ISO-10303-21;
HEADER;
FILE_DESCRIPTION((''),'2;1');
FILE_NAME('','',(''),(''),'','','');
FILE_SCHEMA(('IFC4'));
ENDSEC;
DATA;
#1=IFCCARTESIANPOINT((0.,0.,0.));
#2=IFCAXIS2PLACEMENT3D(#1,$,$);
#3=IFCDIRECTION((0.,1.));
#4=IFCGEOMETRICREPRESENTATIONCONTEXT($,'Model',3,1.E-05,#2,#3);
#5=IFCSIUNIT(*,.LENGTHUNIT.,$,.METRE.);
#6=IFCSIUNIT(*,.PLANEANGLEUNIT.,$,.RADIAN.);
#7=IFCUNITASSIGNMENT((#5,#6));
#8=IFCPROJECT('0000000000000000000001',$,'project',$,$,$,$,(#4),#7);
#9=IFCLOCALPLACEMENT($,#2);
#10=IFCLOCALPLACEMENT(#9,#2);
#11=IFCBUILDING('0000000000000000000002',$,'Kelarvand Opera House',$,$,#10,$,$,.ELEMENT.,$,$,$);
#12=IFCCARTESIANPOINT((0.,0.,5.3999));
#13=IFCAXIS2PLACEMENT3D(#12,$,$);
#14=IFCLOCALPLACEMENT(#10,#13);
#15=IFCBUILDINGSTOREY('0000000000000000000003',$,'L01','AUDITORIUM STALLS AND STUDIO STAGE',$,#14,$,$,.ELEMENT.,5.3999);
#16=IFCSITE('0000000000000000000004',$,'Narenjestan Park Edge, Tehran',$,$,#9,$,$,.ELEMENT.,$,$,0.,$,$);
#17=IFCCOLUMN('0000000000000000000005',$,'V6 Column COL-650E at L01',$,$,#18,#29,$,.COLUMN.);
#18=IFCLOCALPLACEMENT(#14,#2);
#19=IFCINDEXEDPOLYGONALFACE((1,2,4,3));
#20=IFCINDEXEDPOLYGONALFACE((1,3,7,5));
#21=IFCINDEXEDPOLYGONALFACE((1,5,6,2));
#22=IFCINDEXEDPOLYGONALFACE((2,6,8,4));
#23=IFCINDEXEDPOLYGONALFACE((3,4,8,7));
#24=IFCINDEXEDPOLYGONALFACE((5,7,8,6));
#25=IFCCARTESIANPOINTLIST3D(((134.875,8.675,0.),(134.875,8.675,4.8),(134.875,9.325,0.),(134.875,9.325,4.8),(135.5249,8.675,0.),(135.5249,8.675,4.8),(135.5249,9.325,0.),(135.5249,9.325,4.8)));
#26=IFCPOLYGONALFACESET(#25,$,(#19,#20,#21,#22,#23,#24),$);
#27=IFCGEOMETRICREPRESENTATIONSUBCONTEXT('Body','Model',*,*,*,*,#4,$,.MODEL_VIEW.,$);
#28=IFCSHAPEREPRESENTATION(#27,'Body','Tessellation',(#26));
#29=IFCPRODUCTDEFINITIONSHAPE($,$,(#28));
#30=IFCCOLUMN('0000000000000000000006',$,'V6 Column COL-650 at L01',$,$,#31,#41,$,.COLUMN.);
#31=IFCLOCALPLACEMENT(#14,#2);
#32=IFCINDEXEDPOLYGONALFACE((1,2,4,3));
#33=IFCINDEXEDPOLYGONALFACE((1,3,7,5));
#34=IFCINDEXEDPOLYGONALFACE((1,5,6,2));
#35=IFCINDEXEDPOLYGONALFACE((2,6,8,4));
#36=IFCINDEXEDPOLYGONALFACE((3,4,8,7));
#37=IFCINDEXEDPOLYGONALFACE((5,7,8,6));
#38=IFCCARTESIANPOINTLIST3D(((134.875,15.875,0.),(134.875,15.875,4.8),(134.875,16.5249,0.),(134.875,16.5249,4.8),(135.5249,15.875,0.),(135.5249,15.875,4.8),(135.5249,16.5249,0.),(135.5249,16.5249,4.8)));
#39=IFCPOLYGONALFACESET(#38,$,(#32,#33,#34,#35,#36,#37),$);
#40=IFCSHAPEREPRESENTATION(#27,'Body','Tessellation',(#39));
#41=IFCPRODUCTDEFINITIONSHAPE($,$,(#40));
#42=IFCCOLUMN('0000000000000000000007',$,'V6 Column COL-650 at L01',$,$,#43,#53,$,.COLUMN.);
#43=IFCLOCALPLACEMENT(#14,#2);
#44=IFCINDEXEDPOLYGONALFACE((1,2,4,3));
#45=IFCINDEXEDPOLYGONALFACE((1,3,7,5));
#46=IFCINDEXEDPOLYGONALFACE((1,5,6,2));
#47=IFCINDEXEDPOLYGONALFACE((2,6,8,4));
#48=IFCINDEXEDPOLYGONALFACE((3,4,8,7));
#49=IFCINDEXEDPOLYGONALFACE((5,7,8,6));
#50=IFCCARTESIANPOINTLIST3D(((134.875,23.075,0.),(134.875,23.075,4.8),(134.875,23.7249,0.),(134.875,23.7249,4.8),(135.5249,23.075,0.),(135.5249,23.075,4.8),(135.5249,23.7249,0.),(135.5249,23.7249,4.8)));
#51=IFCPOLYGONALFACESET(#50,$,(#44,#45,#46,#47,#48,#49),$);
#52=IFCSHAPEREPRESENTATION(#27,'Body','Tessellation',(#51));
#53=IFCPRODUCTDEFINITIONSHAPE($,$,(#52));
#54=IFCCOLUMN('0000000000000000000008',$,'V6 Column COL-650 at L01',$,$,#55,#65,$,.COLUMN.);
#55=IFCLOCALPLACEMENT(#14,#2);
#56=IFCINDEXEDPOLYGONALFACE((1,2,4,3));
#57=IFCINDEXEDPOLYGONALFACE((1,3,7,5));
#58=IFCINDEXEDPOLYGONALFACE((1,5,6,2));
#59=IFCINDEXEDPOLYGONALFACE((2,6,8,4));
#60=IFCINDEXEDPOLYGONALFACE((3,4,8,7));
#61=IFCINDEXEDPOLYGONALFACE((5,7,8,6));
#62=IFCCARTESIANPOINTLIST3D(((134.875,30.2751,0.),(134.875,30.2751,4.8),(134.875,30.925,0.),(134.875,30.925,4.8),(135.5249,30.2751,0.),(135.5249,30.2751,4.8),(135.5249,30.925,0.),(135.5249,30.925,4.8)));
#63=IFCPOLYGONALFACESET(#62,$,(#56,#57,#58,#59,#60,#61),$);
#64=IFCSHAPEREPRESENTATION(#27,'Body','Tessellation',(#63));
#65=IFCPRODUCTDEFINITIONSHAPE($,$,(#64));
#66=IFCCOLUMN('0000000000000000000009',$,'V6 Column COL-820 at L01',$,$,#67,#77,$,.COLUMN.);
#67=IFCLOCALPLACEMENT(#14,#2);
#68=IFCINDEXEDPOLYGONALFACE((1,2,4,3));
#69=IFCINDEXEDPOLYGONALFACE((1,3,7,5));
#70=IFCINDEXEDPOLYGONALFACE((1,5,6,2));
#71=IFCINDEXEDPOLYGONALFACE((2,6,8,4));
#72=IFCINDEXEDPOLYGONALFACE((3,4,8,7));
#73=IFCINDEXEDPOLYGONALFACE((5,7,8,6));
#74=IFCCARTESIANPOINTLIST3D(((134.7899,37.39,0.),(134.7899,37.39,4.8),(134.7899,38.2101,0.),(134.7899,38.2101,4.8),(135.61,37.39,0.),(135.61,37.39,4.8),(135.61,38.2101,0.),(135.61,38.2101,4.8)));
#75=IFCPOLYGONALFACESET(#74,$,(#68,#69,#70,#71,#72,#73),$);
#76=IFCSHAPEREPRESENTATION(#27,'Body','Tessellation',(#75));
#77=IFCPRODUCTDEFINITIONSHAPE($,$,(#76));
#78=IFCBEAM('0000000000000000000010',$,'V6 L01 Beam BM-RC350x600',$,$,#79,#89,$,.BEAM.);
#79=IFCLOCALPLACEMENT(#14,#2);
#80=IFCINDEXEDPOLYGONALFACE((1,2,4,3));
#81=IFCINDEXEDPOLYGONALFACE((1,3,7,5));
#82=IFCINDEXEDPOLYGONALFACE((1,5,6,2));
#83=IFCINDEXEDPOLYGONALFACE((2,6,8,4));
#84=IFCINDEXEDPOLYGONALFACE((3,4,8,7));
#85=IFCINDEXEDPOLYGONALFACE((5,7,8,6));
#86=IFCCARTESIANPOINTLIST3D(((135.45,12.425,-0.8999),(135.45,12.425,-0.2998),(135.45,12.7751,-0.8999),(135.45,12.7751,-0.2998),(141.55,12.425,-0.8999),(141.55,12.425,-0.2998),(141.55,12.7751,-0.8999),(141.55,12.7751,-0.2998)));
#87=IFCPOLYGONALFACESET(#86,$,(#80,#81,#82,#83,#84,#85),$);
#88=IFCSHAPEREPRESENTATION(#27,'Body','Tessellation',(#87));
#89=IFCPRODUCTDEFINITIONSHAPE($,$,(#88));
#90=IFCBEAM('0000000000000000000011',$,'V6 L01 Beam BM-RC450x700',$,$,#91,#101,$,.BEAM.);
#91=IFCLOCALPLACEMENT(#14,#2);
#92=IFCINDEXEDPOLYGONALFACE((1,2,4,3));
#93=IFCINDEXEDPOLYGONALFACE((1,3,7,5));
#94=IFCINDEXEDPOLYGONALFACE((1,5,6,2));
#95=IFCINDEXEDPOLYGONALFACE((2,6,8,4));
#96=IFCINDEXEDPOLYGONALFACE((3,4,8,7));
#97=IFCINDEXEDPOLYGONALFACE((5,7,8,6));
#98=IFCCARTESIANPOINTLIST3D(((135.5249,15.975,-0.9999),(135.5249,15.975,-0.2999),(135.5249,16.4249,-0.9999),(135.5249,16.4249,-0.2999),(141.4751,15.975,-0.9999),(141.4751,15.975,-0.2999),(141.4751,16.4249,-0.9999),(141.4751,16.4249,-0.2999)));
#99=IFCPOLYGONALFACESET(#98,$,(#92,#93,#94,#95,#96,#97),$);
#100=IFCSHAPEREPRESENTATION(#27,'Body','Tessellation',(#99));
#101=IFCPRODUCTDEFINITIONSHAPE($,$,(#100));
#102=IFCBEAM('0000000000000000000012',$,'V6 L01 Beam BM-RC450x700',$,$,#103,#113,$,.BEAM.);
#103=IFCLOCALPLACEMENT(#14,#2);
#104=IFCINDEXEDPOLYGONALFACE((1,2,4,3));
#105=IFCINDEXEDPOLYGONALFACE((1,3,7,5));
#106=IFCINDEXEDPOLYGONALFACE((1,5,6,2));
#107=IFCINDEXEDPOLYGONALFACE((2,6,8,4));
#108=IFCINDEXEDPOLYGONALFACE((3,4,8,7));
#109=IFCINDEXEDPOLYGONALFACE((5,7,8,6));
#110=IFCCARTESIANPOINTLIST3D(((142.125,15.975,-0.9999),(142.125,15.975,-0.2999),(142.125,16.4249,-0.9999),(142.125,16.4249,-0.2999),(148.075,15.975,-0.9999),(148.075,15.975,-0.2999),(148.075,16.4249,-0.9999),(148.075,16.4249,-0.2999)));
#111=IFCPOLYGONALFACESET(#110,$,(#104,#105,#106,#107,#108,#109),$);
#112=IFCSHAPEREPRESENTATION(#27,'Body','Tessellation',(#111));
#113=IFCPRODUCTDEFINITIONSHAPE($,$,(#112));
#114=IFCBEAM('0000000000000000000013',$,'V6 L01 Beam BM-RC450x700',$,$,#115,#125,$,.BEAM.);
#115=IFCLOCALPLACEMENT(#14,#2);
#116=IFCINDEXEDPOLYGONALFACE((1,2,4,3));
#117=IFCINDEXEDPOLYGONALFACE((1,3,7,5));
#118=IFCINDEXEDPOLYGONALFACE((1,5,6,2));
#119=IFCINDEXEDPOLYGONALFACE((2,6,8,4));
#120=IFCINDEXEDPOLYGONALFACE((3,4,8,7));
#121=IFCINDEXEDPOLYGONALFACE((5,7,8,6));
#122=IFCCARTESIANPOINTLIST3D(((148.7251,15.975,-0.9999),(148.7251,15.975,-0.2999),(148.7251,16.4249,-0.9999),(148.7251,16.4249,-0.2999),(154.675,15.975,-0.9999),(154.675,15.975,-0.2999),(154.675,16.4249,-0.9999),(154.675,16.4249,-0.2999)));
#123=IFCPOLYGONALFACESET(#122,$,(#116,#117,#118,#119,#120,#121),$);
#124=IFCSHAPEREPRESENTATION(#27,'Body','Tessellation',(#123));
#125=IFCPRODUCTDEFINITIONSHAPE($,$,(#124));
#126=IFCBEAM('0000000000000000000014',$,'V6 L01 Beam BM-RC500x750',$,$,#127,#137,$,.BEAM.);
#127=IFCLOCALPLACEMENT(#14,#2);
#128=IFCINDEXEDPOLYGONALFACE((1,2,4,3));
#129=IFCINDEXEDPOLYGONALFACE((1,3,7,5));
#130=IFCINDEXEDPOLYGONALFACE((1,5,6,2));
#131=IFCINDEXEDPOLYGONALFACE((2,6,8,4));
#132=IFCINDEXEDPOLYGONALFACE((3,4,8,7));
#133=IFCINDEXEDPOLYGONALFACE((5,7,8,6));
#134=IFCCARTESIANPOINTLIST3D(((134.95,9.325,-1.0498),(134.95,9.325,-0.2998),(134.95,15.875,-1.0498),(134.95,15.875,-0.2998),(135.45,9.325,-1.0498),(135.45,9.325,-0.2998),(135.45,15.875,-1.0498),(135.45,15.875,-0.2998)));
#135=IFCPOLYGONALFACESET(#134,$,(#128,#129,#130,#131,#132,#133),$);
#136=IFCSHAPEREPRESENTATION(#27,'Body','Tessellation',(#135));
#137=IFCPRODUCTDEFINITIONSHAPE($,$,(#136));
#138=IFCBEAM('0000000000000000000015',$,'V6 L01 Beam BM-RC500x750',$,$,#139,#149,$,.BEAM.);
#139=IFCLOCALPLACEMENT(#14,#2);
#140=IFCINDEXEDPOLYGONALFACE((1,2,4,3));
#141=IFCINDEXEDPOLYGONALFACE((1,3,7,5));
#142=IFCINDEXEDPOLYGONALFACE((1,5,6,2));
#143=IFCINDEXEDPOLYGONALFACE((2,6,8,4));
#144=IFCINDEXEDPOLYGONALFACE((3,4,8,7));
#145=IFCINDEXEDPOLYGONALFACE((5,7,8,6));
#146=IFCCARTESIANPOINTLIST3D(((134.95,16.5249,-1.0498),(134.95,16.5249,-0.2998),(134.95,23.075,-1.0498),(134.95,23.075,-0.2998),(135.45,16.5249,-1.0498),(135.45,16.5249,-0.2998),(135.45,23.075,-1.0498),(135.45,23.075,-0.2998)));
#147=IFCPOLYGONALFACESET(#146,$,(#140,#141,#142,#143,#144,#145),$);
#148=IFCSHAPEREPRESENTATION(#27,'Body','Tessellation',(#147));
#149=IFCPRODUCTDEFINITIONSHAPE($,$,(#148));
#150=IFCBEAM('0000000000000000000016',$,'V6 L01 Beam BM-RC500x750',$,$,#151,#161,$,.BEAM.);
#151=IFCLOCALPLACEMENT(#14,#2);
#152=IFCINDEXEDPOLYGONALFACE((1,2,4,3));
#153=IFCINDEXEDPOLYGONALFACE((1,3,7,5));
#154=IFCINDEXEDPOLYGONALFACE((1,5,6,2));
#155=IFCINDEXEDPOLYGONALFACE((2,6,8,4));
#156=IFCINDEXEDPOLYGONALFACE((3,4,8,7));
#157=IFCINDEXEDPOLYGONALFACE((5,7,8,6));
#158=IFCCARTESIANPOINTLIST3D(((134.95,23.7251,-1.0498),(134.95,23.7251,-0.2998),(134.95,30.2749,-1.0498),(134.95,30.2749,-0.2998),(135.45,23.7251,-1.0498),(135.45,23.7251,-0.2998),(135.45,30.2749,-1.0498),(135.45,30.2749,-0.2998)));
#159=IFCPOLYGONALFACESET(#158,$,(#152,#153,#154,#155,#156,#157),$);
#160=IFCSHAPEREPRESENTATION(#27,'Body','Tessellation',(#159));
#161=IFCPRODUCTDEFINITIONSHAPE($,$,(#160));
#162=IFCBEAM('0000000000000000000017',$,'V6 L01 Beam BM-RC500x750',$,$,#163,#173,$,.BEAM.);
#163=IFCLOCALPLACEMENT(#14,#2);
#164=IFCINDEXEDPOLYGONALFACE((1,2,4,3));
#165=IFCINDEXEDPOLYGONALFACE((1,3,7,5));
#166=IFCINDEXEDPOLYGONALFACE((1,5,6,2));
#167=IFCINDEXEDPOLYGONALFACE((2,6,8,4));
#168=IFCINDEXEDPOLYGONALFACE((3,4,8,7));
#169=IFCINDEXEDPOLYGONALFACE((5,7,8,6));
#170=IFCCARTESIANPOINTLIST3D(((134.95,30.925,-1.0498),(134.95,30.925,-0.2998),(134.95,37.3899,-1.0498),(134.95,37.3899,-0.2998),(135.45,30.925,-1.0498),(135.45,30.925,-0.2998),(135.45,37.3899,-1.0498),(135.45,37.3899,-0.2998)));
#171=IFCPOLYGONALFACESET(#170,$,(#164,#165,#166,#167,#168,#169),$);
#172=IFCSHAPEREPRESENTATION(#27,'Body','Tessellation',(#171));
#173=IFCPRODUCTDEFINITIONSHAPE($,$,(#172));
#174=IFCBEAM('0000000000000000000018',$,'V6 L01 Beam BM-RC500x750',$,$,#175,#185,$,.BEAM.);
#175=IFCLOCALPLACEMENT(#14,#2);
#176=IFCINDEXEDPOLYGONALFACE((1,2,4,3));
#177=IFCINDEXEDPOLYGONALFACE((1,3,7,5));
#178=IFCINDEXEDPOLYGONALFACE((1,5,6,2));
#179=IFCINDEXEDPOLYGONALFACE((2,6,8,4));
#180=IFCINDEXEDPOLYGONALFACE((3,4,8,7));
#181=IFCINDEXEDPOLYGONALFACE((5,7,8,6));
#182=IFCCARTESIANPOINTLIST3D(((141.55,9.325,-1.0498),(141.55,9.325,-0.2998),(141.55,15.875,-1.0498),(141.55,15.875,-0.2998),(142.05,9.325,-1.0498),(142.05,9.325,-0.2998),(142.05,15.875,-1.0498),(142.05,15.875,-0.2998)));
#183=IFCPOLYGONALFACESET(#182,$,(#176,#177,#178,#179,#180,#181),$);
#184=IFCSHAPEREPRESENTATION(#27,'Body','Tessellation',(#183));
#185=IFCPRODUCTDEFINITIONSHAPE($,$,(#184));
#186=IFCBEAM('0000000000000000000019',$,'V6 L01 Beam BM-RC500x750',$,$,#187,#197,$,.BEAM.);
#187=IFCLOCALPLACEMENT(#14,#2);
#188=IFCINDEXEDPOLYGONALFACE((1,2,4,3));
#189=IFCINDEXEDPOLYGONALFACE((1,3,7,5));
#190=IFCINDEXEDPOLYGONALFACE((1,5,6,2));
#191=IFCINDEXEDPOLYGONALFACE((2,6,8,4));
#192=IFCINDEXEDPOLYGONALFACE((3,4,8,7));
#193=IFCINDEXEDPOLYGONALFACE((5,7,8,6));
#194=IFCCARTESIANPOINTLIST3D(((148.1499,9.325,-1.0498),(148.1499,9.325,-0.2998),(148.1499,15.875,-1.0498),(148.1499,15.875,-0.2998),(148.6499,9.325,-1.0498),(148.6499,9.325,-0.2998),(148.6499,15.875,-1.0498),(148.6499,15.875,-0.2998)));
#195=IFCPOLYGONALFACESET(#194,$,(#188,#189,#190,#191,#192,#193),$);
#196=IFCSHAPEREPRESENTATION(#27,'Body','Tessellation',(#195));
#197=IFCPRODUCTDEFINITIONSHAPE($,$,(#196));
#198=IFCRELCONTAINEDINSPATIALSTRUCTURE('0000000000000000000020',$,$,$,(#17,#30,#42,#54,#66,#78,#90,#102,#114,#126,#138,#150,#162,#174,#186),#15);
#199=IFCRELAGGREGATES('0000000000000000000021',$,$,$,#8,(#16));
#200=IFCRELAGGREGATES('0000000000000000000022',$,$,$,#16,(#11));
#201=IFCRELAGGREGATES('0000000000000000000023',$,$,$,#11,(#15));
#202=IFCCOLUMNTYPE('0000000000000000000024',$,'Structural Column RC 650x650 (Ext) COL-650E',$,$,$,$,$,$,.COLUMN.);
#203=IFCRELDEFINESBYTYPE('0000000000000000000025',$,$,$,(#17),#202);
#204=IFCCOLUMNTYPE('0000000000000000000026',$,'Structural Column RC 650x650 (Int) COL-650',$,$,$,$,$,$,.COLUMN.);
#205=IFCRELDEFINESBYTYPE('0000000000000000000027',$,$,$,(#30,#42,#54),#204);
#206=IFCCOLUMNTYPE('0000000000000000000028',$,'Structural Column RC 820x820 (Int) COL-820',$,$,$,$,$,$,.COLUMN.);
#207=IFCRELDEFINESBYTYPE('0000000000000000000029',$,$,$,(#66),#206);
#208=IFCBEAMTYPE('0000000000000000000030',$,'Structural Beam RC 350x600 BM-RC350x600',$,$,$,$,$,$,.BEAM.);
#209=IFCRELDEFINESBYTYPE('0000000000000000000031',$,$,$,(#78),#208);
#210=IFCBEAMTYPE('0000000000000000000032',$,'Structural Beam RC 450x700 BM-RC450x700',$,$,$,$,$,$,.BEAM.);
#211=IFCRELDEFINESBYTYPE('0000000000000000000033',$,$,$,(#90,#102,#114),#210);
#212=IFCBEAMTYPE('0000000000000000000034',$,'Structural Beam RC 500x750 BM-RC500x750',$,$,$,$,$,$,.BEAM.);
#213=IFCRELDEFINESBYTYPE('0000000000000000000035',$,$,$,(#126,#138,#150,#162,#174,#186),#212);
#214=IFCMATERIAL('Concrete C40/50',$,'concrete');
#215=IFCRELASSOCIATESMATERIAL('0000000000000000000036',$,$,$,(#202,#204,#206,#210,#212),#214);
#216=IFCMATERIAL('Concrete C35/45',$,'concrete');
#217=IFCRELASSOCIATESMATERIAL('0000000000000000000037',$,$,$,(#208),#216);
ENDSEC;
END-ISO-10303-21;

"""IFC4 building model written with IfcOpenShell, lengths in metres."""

from ifc_helpers import new_model, si_unit, direction, frame, origin, origin_2d, place, context, subcontext, project, spatial, rectangle, extrude, material, material_profile, profile_set, type_object, element, save


model = new_model("IFC4")

# Units and contexts
model_context = context("Model", 3, precision=1e-05, world=origin(), true_north=direction((0.0, 1.0)))
body_context = subcontext(model_context, "Body", "Model", "MODEL_VIEW")
ifc_project = project(units=[si_unit("LENGTHUNIT", "METRE"), si_unit("PLANEANGLEUNIT", "RADIAN")], contexts=[model_context])

# Site, building, storey
site_placement = place(None, origin())
site = spatial("IfcSite", under=ifc_project, at=site_placement, Name="Narenjestan Park Edge, Tehran", CompositionType="ELEMENT", RefElevation=0.0)
building_placement = place(site_placement, origin())
building = spatial("IfcBuilding", under=site, at=building_placement, Name="Kelarvand Opera House", CompositionType="ELEMENT")
storey_placement = place(building_placement, frame((0.0, 0.0, 5.3999)))
storey = spatial("IfcBuildingStorey", under=building, at=storey_placement, Name="L01", Description="AUDITORIUM STALLS AND STUDIO STAGE", CompositionType="ELEMENT", Elevation=5.3999)

# Columns
ifc_material_1 = material(Name="Concrete C40/50", Category="concrete")
ifc_material_profile_1 = material_profile(ifc_material_1, rectangle(XDim=0.6499, YDim=0.6499, at=origin_2d()), Name="RC 650x650", Category="concrete")
ifc_profile_set_1 = profile_set([ifc_material_profile_1], Name="Concrete C40/50")
column_type_1 = type_object("IfcColumnType", Name="Structural Column RC 650x650 (Ext) COL-650E", PredefinedType="COLUMN", material=ifc_profile_set_1)
column_1_placement = place(storey_placement, frame((135.2, 9.0, 0.0), z_axis=(0.0, 0.0, 1.0), x_axis=(1.0, 0.0, 0.0)))
element("IfcColumn", 1, at=column_1_placement, inside=storey, type_object=column_type_1, Name="V6 Column COL-650E at L01", PredefinedType="COLUMN", context=body_context, shape_type="SweptSolid", body=[
    extrude(rectangle(XDim=0.6499, YDim=0.6499, at=origin_2d()), origin(), (0.0, 0.0, 1.0), 4.8),
])
ifc_material_profile_2 = material_profile(ifc_material_1, rectangle(XDim=0.6499, YDim=0.6499, at=origin_2d()), Name="RC 650x650", Category="concrete")
ifc_profile_set_2 = profile_set([ifc_material_profile_2], Name="Concrete C40/50")
column_type_2 = type_object("IfcColumnType", Name="Structural Column RC 650x650 (Int) COL-650", PredefinedType="COLUMN", material=ifc_profile_set_2)
for number, where, z_axis, x_axis, name in (
    (2, (135.2, 16.2, 0.0), (0.0, 0.0, 1.0), (1.0, 0.0, 0.0), "V6 Column COL-650 at L01"),
    (3, (135.2, 23.3999, 0.0), (0.0, 0.0, 1.0), (1.0, 0.0, 0.0), "V6 Column COL-650 at L01"),
    (4, (135.2, 30.6001, 0.0), (0.0, 0.0, 1.0), (1.0, 0.0, 0.0), "V6 Column COL-650 at L01"),
):
    element("IfcColumn", number, at=place(storey_placement, frame(where, z_axis=z_axis, x_axis=x_axis)), inside=storey, type_object=column_type_2, Name=name, PredefinedType="COLUMN", context=body_context, shape_type="SweptSolid", body=[
        extrude(rectangle(XDim=0.6499, YDim=0.6499, at=origin_2d()), origin(), (0.0, 0.0, 1.0), 4.8),
    ])
ifc_material_profile_3 = material_profile(ifc_material_1, rectangle(XDim=0.8201, YDim=0.8201, at=origin_2d()), Name="RC 820x820", Category="concrete")
ifc_profile_set_3 = profile_set([ifc_material_profile_3], Name="Concrete C40/50")
column_type_3 = type_object("IfcColumnType", Name="Structural Column RC 820x820 (Int) COL-820", PredefinedType="COLUMN", material=ifc_profile_set_3)
column_2_placement = place(storey_placement, frame((135.2, 37.8, 0.0), z_axis=(0.0, 0.0, 1.0), x_axis=(1.0, 0.0, 0.0)))
element("IfcColumn", 5, at=column_2_placement, inside=storey, type_object=column_type_3, Name="V6 Column COL-820 at L01", PredefinedType="COLUMN", context=body_context, shape_type="SweptSolid", body=[
    extrude(rectangle(XDim=0.8201, YDim=0.8201, at=origin_2d()), origin(), (0.0, 0.0, 1.0), 4.8),
])

# Beams
ifc_material_2 = material(Name="Concrete C35/45", Category="concrete")
ifc_material_profile_4 = material_profile(ifc_material_2, rectangle(XDim=0.3501, YDim=0.6001, at=origin_2d()), Name="RC 350x600", Category="concrete")
ifc_profile_set_4 = profile_set([ifc_material_profile_4], Name="Concrete C35/45")
beam_type_1 = type_object("IfcBeamType", Name="Structural Beam RC 350x600 BM-RC350x600", PredefinedType="BEAM", material=ifc_profile_set_4)
beam_1_placement = place(storey_placement, frame((135.45, 12.6001, -0.5999), z_axis=(1.0, 0.0, 0.0), x_axis=(0.0, 1.0, 0.0)))
element("IfcBeam", 6, at=beam_1_placement, inside=storey, type_object=beam_type_1, Name="V6 L01 Beam BM-RC350x600", PredefinedType="BEAM", context=body_context, shape_type="SweptSolid", body=[
    extrude(rectangle(XDim=0.3501, YDim=0.6001, at=origin_2d()), origin(), (0.0, 0.0, 1.0), 6.1001),
])
ifc_material_profile_5 = material_profile(ifc_material_1, rectangle(XDim=0.45, YDim=0.7, at=origin_2d()), Name="RC 450x700", Category="concrete")
ifc_profile_set_5 = profile_set([ifc_material_profile_5], Name="Concrete C40/50")
beam_type_2 = type_object("IfcBeamType", Name="Structural Beam RC 450x700 BM-RC450x700", PredefinedType="BEAM", material=ifc_profile_set_5)
beam_2_placement = place(storey_placement, frame((135.5249, 16.2, -0.6499), z_axis=(1.0, 0.0, 0.0), x_axis=(0.0, 1.0, 0.0)))
element("IfcBeam", 7, at=beam_2_placement, inside=storey, type_object=beam_type_2, Name="V6 L01 Beam BM-RC450x700", PredefinedType="BEAM", context=body_context, shape_type="SweptSolid", body=[
    extrude(rectangle(XDim=0.45, YDim=0.7, at=origin_2d()), origin(), (0.0, 0.0, 1.0), 5.9502),
])
for number, where, z_axis, x_axis, name in (
    (8, (142.125, 16.2, -0.6499), (1.0, 0.0, 0.0), (0.0, 1.0, 0.0), "V6 L01 Beam BM-RC450x700"),
    (9, (148.7251, 16.2, -0.6499), (1.0, 0.0, 0.0), (0.0, 1.0, 0.0), "V6 L01 Beam BM-RC450x700"),
):
    element("IfcBeam", number, at=place(storey_placement, frame(where, z_axis=z_axis, x_axis=x_axis)), inside=storey, type_object=beam_type_2, Name=name, PredefinedType="BEAM", context=body_context, shape_type="SweptSolid", body=[
        extrude(rectangle(XDim=0.45, YDim=0.7, at=origin_2d()), origin(), (0.0, 0.0, 1.0), 5.95),
    ])
ifc_material_profile_6 = material_profile(ifc_material_1, rectangle(XDim=0.5, YDim=0.75, at=origin_2d()), Name="RC 500x750", Category="concrete")
ifc_profile_set_6 = profile_set([ifc_material_profile_6], Name="Concrete C40/50")
beam_type_3 = type_object("IfcBeamType", Name="Structural Beam RC 500x750 BM-RC500x750", PredefinedType="BEAM", material=ifc_profile_set_6)
for number, where, z_axis, x_axis, name in (
    (10, (135.2, 9.325, -0.6748), (0.0, 1.0, 0.0), (-1.0, 0.0, 0.0), "V6 L01 Beam BM-RC500x750"),
    (11, (135.2, 16.5249, -0.6748), (0.0, 1.0, 0.0), (-1.0, 0.0, 0.0), "V6 L01 Beam BM-RC500x750"),
):
    element("IfcBeam", number, at=place(storey_placement, frame(where, z_axis=z_axis, x_axis=x_axis)), inside=storey, type_object=beam_type_3, Name=name, PredefinedType="BEAM", context=body_context, shape_type="SweptSolid", body=[
        extrude(rectangle(XDim=0.5, YDim=0.75, at=origin_2d()), origin(), (0.0, 0.0, 1.0), 6.55),
    ])
beam_3_placement = place(storey_placement, frame((135.2, 23.7251, -0.6748), z_axis=(0.0, 1.0, 0.0), x_axis=(-1.0, 0.0, 0.0)))
element("IfcBeam", 12, at=beam_3_placement, inside=storey, type_object=beam_type_3, Name="V6 L01 Beam BM-RC500x750", PredefinedType="BEAM", context=body_context, shape_type="SweptSolid", body=[
    extrude(rectangle(XDim=0.5, YDim=0.75, at=origin_2d()), origin(), (0.0, 0.0, 1.0), 6.5498),
])
beam_4_placement = place(storey_placement, frame((135.2, 30.925, -0.6748), z_axis=(0.0, 1.0, 0.0), x_axis=(-1.0, 0.0, 0.0)))
element("IfcBeam", 13, at=beam_4_placement, inside=storey, type_object=beam_type_3, Name="V6 L01 Beam BM-RC500x750", PredefinedType="BEAM", context=body_context, shape_type="SweptSolid", body=[
    extrude(rectangle(XDim=0.5, YDim=0.75, at=origin_2d()), origin(), (0.0, 0.0, 1.0), 6.4648),
])
for number, where, z_axis, x_axis, name in (
    (14, (141.8, 9.325, -0.6748), (0.0, 1.0, 0.0), (-1.0, 0.0, 0.0), "V6 L01 Beam BM-RC500x750"),
    (15, (148.3999, 9.325, -0.6748), (0.0, 1.0, 0.0), (-1.0, 0.0, 0.0), "V6 L01 Beam BM-RC500x750"),
):
    element("IfcBeam", number, at=place(storey_placement, frame(where, z_axis=z_axis, x_axis=x_axis)), inside=storey, type_object=beam_type_3, Name=name, PredefinedType="BEAM", context=body_context, shape_type="SweptSolid", body=[
        extrude(rectangle(XDim=0.5, YDim=0.75, at=origin_2d()), origin(), (0.0, 0.0, 1.0), 6.55),
    ])

save(model, "model.ifc")
